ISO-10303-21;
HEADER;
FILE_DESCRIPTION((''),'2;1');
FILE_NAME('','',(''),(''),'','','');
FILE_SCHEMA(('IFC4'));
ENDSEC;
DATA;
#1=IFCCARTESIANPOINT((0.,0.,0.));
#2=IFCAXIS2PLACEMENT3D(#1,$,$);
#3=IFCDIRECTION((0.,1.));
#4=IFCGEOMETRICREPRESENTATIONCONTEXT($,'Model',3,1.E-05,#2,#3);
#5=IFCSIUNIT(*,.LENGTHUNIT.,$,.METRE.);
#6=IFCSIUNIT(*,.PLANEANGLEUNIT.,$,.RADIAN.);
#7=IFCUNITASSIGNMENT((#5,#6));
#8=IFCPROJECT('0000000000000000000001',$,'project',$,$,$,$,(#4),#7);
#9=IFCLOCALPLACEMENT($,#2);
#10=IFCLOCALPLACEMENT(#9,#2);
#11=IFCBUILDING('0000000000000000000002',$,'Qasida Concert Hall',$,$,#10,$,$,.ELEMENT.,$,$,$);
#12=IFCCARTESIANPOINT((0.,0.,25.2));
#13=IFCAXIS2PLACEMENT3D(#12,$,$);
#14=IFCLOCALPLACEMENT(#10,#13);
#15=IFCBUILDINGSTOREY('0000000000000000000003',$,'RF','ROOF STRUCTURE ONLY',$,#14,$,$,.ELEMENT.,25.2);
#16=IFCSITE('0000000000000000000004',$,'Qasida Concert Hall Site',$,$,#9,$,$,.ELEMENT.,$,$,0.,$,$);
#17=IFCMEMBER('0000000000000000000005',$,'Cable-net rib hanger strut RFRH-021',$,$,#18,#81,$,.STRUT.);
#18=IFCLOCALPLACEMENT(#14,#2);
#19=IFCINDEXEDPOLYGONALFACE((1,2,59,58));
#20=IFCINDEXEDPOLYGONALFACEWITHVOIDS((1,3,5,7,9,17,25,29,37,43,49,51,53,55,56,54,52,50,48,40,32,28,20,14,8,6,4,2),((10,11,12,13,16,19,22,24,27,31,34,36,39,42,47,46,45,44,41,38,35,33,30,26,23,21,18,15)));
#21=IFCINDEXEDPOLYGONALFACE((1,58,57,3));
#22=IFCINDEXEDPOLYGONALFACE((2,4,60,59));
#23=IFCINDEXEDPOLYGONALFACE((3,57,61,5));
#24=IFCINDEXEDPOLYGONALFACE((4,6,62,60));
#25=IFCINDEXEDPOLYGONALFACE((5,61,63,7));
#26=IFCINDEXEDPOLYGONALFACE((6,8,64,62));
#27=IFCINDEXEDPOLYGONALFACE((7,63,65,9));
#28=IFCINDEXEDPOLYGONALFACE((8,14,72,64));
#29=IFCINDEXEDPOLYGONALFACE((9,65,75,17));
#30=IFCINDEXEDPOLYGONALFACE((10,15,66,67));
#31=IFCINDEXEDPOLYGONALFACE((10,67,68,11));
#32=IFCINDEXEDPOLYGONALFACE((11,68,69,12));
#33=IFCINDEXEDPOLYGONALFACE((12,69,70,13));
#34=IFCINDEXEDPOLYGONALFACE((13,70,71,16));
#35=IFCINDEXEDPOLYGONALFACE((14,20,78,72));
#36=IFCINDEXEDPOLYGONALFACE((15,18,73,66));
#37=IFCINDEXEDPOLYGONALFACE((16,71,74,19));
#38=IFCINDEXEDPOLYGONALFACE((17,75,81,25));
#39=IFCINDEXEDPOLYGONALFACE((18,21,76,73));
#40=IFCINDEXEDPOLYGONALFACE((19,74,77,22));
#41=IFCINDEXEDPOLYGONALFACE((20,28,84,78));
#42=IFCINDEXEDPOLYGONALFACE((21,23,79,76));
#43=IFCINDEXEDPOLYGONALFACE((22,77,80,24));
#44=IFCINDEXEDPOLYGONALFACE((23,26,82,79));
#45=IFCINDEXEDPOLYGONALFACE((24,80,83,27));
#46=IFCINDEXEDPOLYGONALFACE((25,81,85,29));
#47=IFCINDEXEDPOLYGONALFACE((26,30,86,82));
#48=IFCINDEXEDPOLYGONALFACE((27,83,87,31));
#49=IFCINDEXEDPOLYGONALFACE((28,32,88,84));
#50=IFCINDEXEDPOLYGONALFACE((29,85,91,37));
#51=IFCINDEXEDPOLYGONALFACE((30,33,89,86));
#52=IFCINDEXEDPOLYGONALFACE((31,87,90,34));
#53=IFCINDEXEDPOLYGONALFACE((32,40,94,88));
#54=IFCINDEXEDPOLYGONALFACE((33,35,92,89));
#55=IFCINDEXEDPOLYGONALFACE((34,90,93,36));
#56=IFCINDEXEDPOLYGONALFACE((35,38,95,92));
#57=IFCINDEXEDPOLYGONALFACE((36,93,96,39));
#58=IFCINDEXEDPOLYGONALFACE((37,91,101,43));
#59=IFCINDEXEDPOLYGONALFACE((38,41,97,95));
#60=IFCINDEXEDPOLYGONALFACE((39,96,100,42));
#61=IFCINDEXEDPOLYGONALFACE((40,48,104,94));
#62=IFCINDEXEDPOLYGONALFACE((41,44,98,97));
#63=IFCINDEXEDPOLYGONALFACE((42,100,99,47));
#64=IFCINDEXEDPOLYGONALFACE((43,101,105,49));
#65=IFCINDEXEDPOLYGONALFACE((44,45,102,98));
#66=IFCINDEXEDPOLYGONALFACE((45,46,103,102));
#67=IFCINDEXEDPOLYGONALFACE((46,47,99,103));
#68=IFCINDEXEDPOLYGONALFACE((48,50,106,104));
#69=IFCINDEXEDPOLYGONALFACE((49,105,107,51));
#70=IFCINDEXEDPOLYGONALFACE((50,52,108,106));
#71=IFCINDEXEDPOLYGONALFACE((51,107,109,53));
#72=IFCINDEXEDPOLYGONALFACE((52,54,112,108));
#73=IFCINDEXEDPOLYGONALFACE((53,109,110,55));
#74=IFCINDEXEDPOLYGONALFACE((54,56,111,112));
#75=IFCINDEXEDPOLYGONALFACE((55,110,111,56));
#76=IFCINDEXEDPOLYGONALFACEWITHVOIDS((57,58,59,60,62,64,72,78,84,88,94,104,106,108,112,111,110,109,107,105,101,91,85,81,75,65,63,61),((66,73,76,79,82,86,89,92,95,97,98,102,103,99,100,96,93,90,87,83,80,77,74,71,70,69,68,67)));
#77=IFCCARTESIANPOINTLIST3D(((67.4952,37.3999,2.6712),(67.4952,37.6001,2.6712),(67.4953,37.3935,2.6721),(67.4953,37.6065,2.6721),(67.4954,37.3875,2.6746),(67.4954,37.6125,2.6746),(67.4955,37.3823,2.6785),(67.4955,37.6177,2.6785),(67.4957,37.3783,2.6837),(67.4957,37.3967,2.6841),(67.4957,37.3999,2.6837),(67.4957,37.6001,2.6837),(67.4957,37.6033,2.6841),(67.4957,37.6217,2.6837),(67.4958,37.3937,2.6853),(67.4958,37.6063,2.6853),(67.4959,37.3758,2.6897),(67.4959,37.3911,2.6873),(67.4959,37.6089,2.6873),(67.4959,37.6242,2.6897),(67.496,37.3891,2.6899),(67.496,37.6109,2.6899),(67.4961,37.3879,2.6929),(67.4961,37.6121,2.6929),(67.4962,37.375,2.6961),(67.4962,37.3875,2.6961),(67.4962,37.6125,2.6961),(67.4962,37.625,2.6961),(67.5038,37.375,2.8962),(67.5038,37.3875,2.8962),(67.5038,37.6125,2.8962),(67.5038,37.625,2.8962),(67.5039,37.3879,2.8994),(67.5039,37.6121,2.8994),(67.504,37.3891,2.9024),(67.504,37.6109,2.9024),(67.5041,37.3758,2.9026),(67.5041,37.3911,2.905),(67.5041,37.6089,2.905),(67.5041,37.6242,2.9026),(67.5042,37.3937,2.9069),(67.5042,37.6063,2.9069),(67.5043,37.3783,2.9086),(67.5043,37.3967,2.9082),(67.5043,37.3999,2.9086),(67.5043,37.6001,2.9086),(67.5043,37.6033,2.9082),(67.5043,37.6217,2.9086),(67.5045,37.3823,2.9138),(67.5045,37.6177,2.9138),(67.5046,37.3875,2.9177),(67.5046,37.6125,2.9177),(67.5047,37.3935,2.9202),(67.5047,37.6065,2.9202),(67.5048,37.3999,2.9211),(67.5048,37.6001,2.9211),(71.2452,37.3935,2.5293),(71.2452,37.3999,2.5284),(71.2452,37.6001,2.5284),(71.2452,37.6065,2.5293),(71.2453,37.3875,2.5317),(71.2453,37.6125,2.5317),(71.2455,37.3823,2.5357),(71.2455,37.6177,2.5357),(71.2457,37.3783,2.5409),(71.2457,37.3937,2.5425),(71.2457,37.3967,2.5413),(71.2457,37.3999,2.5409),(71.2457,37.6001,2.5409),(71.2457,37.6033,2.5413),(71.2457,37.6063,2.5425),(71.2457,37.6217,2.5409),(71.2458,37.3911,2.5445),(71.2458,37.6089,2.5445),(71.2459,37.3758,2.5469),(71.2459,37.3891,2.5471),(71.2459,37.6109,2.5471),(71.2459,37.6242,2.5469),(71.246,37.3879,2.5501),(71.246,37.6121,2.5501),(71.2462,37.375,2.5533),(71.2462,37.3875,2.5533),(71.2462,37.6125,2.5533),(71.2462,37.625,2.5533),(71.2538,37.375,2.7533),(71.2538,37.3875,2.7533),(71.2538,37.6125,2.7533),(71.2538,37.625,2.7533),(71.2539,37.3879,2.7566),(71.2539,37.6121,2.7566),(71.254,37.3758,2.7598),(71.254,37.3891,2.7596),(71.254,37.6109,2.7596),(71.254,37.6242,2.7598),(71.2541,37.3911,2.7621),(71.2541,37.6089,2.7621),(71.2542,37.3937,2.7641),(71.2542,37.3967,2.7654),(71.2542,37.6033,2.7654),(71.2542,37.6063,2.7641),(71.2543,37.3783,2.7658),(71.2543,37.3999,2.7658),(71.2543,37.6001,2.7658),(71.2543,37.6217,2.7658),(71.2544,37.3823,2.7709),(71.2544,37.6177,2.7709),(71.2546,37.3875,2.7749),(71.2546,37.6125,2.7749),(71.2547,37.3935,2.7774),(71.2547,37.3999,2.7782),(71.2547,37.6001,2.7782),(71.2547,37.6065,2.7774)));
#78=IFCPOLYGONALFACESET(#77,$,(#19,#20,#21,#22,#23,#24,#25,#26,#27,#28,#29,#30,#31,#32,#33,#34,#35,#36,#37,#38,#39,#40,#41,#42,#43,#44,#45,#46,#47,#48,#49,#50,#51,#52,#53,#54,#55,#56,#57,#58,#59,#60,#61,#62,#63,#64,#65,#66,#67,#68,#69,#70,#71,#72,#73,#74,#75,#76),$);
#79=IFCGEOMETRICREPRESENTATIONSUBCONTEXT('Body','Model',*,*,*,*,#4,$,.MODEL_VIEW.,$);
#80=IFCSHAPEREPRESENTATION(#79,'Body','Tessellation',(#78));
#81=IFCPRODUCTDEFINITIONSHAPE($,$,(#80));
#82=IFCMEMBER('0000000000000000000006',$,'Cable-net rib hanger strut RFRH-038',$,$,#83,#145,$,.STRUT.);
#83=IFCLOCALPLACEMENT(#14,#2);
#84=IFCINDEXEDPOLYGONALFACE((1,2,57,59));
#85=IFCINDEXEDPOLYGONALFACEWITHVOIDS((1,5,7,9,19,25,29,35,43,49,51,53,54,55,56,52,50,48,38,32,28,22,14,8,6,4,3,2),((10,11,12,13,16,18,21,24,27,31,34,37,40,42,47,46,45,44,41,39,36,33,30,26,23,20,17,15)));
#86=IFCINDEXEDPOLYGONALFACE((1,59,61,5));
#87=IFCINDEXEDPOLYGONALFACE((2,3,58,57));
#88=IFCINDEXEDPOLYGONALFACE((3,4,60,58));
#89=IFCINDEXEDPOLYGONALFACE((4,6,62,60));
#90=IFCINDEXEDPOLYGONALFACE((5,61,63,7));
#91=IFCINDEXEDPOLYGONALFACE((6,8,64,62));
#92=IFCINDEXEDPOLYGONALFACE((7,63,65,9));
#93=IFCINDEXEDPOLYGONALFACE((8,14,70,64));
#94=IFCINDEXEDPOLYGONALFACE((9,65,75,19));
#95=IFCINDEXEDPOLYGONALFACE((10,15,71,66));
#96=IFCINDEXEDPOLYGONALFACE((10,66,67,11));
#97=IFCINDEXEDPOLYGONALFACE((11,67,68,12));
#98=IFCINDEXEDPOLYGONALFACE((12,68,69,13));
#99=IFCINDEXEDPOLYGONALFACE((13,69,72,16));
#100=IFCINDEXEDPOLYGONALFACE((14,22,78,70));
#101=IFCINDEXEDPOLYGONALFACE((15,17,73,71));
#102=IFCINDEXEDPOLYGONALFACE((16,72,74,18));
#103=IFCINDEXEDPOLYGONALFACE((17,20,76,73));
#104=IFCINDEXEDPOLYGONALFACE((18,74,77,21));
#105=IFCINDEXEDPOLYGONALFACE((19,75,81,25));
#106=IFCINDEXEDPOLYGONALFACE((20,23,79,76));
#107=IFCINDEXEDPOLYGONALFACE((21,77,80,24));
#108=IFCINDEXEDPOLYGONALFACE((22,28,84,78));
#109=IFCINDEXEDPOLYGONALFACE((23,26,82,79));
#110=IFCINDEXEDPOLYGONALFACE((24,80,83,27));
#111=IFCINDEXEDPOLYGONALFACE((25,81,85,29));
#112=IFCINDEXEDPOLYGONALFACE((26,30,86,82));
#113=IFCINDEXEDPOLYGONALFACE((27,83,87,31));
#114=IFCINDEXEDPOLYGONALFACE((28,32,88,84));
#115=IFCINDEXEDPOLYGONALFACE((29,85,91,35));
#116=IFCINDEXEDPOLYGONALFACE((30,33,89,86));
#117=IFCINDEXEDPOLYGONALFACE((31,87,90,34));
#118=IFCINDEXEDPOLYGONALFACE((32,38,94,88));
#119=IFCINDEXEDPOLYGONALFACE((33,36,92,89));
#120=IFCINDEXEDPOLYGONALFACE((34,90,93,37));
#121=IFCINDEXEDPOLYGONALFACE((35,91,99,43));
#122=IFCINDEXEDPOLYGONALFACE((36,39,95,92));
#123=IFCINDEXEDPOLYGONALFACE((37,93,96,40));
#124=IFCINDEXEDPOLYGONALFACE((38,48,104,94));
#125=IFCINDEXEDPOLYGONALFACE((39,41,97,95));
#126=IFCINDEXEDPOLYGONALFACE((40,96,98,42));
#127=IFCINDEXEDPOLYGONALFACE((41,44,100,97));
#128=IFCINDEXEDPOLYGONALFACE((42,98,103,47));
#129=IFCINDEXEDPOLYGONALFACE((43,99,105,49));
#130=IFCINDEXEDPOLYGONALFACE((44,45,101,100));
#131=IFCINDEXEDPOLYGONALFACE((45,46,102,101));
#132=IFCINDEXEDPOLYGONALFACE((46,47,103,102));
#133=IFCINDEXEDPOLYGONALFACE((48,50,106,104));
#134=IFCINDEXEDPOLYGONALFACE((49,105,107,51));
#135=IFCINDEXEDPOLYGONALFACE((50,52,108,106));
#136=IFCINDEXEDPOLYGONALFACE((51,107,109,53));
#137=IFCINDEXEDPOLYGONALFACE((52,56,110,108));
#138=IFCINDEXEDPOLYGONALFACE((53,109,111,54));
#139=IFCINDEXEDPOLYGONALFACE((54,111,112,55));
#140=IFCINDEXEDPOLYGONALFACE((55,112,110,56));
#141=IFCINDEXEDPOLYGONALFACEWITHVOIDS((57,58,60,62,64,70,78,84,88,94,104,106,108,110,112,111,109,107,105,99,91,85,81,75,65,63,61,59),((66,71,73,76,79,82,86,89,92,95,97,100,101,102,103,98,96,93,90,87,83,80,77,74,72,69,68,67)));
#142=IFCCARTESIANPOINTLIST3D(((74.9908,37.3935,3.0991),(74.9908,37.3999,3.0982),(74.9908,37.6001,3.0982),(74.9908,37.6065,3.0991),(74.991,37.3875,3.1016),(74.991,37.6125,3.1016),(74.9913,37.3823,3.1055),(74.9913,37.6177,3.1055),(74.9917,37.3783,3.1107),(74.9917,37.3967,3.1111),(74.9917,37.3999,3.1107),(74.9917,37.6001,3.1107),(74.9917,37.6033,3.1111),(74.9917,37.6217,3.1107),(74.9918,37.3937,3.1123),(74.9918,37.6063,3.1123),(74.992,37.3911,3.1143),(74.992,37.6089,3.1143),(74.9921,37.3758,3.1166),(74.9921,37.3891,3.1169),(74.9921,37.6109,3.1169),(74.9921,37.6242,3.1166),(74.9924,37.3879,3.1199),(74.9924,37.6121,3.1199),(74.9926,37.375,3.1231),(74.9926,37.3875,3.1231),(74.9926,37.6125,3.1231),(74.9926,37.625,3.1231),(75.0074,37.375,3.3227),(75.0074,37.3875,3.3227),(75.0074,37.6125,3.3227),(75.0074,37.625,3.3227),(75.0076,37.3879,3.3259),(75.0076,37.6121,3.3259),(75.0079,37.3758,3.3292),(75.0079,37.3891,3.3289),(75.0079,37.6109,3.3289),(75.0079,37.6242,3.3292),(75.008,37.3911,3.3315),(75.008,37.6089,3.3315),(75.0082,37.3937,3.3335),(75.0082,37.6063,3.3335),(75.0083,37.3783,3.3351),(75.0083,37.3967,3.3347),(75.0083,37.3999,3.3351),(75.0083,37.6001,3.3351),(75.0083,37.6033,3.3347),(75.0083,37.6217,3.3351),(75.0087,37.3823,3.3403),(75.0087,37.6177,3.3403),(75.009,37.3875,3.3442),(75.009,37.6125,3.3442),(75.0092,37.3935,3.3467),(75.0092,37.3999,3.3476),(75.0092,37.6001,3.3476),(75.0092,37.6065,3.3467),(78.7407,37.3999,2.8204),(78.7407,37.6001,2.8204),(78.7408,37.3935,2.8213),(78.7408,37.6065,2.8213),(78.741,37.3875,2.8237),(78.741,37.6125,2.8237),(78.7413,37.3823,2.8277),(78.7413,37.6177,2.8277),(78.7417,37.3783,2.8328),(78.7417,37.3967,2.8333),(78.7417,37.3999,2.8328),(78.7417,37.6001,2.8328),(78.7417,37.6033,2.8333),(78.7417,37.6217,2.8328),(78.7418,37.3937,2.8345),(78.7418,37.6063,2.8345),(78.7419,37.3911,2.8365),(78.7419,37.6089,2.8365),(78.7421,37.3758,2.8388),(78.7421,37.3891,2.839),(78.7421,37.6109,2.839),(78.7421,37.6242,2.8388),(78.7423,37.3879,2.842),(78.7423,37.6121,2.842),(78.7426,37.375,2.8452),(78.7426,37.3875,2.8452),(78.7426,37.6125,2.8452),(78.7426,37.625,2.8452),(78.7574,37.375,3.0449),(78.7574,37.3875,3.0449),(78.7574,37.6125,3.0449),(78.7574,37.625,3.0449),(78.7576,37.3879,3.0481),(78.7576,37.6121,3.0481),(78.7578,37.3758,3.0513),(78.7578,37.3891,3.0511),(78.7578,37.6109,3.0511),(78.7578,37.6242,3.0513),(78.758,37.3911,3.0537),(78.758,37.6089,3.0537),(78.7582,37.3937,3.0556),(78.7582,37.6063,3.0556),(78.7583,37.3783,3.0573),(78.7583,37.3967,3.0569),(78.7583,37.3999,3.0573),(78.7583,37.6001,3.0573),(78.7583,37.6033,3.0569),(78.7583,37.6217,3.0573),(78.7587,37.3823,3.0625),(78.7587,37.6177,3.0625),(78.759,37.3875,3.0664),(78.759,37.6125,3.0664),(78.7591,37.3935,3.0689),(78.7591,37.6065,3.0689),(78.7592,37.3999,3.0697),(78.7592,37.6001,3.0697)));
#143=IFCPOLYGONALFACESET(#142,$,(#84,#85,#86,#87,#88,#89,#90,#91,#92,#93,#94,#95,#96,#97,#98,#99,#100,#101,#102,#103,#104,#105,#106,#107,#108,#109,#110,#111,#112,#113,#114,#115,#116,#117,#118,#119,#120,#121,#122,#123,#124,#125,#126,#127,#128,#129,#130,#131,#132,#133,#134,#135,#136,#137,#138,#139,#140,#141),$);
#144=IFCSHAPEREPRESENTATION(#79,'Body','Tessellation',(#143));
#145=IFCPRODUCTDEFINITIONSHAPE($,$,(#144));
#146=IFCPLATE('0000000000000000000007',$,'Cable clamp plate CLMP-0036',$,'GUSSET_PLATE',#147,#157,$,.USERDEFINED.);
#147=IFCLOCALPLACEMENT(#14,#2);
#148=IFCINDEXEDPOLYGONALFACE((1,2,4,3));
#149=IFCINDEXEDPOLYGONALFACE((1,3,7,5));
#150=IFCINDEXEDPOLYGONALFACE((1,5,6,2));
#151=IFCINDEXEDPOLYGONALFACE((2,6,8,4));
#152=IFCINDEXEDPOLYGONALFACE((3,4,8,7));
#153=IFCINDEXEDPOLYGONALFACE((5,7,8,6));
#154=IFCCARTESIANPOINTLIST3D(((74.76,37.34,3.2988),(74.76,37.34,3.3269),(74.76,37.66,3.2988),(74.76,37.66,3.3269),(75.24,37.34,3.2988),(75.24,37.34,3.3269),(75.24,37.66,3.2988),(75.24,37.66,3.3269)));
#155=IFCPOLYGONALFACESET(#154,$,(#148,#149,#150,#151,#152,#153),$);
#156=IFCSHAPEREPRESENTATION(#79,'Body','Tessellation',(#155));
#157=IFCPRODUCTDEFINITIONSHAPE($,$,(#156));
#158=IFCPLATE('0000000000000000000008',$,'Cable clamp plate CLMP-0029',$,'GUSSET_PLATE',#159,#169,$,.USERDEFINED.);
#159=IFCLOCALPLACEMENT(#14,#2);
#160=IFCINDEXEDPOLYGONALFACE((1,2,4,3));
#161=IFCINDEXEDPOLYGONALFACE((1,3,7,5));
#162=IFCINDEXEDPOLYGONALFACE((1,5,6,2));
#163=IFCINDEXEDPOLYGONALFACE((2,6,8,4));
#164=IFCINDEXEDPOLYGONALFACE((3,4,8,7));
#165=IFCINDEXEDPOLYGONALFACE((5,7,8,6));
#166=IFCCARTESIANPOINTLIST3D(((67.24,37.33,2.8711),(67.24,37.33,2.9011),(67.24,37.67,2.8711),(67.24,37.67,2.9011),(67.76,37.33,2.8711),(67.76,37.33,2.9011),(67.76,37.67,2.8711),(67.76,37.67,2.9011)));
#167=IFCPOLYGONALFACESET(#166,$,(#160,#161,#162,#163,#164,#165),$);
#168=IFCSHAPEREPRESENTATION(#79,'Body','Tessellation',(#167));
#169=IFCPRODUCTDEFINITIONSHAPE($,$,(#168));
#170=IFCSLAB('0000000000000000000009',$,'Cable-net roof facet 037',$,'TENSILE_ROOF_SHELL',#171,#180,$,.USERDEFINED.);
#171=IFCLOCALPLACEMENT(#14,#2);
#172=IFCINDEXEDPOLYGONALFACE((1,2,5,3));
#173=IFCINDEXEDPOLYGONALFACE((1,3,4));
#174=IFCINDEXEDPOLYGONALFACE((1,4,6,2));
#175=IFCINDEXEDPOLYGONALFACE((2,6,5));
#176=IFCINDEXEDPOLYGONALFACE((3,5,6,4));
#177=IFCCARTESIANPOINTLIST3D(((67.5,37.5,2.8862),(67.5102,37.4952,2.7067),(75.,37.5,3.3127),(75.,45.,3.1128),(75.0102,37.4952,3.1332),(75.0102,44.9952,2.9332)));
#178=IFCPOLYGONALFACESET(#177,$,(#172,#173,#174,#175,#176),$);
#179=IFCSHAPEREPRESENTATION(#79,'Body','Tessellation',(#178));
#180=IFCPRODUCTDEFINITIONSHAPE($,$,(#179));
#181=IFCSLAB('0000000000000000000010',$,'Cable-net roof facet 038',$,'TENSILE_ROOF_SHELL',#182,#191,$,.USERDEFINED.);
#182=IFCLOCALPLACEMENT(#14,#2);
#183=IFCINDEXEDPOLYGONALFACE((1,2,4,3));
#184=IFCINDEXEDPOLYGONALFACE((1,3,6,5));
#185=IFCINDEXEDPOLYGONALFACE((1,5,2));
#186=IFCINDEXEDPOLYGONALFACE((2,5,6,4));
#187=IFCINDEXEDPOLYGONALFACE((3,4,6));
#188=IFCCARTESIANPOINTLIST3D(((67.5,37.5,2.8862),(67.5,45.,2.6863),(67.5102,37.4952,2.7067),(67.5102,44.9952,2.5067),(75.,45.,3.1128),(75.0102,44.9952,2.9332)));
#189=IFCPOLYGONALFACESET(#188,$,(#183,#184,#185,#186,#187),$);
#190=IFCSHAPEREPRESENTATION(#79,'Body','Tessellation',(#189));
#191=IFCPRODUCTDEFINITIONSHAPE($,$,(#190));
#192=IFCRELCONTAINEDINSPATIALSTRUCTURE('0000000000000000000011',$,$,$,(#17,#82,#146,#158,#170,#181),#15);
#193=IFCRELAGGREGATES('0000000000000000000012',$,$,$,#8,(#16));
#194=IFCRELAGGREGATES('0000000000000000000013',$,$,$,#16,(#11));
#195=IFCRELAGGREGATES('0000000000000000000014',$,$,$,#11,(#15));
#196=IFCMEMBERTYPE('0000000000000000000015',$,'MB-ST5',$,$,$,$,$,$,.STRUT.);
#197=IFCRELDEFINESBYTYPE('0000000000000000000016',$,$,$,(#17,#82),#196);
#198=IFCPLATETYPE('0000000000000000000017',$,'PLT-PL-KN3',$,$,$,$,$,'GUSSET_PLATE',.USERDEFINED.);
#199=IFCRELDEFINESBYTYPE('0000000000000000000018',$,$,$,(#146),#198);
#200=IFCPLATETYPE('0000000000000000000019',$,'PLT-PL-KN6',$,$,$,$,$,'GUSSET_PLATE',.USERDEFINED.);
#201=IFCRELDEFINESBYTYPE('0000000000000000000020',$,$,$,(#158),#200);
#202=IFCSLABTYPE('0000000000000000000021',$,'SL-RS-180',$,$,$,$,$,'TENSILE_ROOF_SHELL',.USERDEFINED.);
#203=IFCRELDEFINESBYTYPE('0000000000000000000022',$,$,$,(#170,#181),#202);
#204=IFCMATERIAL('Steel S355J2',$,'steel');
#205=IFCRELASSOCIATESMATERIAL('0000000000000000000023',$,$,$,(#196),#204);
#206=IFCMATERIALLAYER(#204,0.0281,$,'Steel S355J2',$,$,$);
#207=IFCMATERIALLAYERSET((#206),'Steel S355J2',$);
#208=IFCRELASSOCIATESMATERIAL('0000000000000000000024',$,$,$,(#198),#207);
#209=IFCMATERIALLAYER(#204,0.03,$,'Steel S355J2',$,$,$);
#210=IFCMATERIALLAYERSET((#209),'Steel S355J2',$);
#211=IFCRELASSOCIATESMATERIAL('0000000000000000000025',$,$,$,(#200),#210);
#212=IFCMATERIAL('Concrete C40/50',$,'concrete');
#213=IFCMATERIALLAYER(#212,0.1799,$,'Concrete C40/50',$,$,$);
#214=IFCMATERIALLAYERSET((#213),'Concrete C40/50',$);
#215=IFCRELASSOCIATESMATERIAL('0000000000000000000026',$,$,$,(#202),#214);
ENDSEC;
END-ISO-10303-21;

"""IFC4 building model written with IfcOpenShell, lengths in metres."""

from ifc_helpers import new_model, si_unit, direction, frame, origin, origin_2d, place, context, subcontext, project, spatial, polyline, rectangle, hollow_rectangle, outline, extrude, material, layer, layer_set, material_profile, profile_set, type_object, element, save


model = new_model("IFC4")

# Units and contexts
model_context = context("Model", 3, precision=1e-05, world=origin(), true_north=direction((0.0, 1.0)))
body_context = subcontext(model_context, "Body", "Model", "MODEL_VIEW")
ifc_project = project(units=[si_unit("LENGTHUNIT", "METRE"), si_unit("PLANEANGLEUNIT", "RADIAN")], contexts=[model_context])

# Site, building, storey
site_placement = place(None, origin())
site = spatial("IfcSite", under=ifc_project, at=site_placement, Name="Qasida Concert Hall Site", CompositionType="ELEMENT", RefElevation=0.0)
building_placement = place(site_placement, origin())
building = spatial("IfcBuilding", under=site, at=building_placement, Name="Qasida Concert Hall", CompositionType="ELEMENT")
storey_placement = place(building_placement, frame((0.0, 0.0, 25.2)))
storey = spatial("IfcBuildingStorey", under=building, at=storey_placement, Name="RF", Description="ROOF STRUCTURE ONLY", CompositionType="ELEMENT", Elevation=25.2)

# Members
ifc_material_1 = material(Name="Steel S355J2", Category="steel")
ifc_material_profile_1 = material_profile(ifc_material_1, hollow_rectangle(XDim=0.25, YDim=0.25, WallThickness=0.0125, InnerFilletRadius=0.0125, OuterFilletRadius=0.0249, at=origin_2d()), Name="SHS 250x250x12.5")
ifc_profile_set_1 = profile_set([ifc_material_profile_1], Name="Steel S355J2")
member_type_1 = type_object("IfcMemberType", Name="MB-ST5", PredefinedType="STRUT", material=ifc_profile_set_1)
member_1_placement = place(storey_placement, frame((67.5, 37.5, 2.7961), z_axis=(0.999276, 0.0, -0.038058), x_axis=(0.0, 1.0, 0.0)))
element("IfcMember", 1, at=member_1_placement, inside=storey, type_object=member_type_1, Name="Cable-net rib hanger strut RFRH-021", PredefinedType="STRUT", context=body_context, shape_type="SweptSolid", body=[
    extrude(hollow_rectangle(XDim=0.25, YDim=0.25, WallThickness=0.0125, InnerFilletRadius=0.0125, OuterFilletRadius=0.0249, at=origin_2d()), origin(), (0.0, 0.0, 1.0), 3.7527),
])
member_2_placement = place(storey_placement, frame((75.0, 37.5, 3.2229), z_axis=(0.997267, 0.0, -0.073886), x_axis=(0.0, 1.0, 0.0)))
element("IfcMember", 2, at=member_2_placement, inside=storey, type_object=member_type_1, Name="Cable-net rib hanger strut RFRH-038", PredefinedType="STRUT", context=body_context, shape_type="SweptSolid", body=[
    extrude(hollow_rectangle(XDim=0.25, YDim=0.25, WallThickness=0.0125, InnerFilletRadius=0.0125, OuterFilletRadius=0.0249, at=origin_2d()), origin(), (0.0, 0.0, 1.0), 3.7603),
])

# Plates
ifc_layer_1 = layer(ifc_material_1, 0.0281, Name="Steel S355J2")
ifc_layer_set_1 = layer_set([ifc_layer_1], Name="Steel S355J2")
plate_type_1 = type_object("IfcPlateType", Name="PLT-PL-KN3", ElementType="GUSSET_PLATE", PredefinedType="USERDEFINED", material=ifc_layer_set_1)
plate_1_placement = place(storey_placement, frame((75.0, 37.5, 3.2988), z_axis=(0.0, 0.0, 1.0), x_axis=(1.0, 0.0, 0.0)))
element("IfcPlate", 3, at=plate_1_placement, inside=storey, type_object=plate_type_1, Name="Cable clamp plate CLMP-0036", ObjectType="GUSSET_PLATE", PredefinedType="USERDEFINED", context=body_context, shape_type="SweptSolid", body=[
    extrude(rectangle(XDim=0.48, YDim=0.3201, at=origin_2d()), origin(), (0.0, 0.0, 1.0), 0.0281),
])
ifc_layer_2 = layer(ifc_material_1, 0.03, Name="Steel S355J2")
ifc_layer_set_2 = layer_set([ifc_layer_2], Name="Steel S355J2")
plate_type_2 = type_object("IfcPlateType", Name="PLT-PL-KN6", ElementType="GUSSET_PLATE", PredefinedType="USERDEFINED", material=ifc_layer_set_2)
plate_2_placement = place(storey_placement, frame((67.5, 37.5, 2.8711), z_axis=(0.0, 0.0, 1.0), x_axis=(1.0, 0.0, 0.0)))
element("IfcPlate", 4, at=plate_2_placement, inside=storey, type_object=plate_type_2, Name="Cable clamp plate CLMP-0029", ObjectType="GUSSET_PLATE", PredefinedType="USERDEFINED", context=body_context, shape_type="SweptSolid", body=[
    extrude(rectangle(XDim=0.52, YDim=0.3401, at=origin_2d()), origin(), (0.0, 0.0, 1.0), 0.03),
])

# Slabs
ifc_material_2 = material(Name="Concrete C40/50", Category="concrete")
ifc_layer_3 = layer(ifc_material_2, 0.1799, Name="Concrete C40/50")
ifc_layer_set_3 = layer_set([ifc_layer_3], Name="Concrete C40/50")
slab_type = type_object("IfcSlabType", Name="SL-RS-180", ElementType="TENSILE_ROOF_SHELL", PredefinedType="USERDEFINED", material=ifc_layer_set_3)
slab_1_placement = place(storey_placement, frame((67.5, 37.5, 2.8862), z_axis=(-0.056757, 0.026608, 0.998033), x_axis=(0.998387, 0.0, 0.056777)))
element("IfcSlab", 5, at=slab_1_placement, inside=storey, type_object=slab_type, Name="Cable-net roof facet 037", ObjectType="TENSILE_ROOF_SHELL", PredefinedType="USERDEFINED", context=body_context, shape_type="SweptSolid", body=[
    extrude(outline(polyline([(0.0, 0.0), (7.5121, 0.0), (7.5008, 7.5027), (0.0, 0.0)])), origin(), (0.0, 0.0, -1.0), 0.1799),
])
slab_2_placement = place(storey_placement, frame((67.5, 37.5, 2.8862), z_axis=(-0.056757, 0.026608, 0.998033), x_axis=(0.706946, 0.706946, 0.021356)))
element("IfcSlab", 6, at=slab_2_placement, inside=storey, type_object=slab_type, Name="Cable-net roof facet 038", ObjectType="TENSILE_ROOF_SHELL", PredefinedType="USERDEFINED", context=body_context, shape_type="SweptSolid", body=[
    extrude(outline(polyline([(0.0, 0.0), (10.609, 0.0), (5.2978, 5.3125), (0.0, 0.0)])), origin(), (0.0, 0.0, -1.0), 0.1799),
])

save(model, "model.ifc")
